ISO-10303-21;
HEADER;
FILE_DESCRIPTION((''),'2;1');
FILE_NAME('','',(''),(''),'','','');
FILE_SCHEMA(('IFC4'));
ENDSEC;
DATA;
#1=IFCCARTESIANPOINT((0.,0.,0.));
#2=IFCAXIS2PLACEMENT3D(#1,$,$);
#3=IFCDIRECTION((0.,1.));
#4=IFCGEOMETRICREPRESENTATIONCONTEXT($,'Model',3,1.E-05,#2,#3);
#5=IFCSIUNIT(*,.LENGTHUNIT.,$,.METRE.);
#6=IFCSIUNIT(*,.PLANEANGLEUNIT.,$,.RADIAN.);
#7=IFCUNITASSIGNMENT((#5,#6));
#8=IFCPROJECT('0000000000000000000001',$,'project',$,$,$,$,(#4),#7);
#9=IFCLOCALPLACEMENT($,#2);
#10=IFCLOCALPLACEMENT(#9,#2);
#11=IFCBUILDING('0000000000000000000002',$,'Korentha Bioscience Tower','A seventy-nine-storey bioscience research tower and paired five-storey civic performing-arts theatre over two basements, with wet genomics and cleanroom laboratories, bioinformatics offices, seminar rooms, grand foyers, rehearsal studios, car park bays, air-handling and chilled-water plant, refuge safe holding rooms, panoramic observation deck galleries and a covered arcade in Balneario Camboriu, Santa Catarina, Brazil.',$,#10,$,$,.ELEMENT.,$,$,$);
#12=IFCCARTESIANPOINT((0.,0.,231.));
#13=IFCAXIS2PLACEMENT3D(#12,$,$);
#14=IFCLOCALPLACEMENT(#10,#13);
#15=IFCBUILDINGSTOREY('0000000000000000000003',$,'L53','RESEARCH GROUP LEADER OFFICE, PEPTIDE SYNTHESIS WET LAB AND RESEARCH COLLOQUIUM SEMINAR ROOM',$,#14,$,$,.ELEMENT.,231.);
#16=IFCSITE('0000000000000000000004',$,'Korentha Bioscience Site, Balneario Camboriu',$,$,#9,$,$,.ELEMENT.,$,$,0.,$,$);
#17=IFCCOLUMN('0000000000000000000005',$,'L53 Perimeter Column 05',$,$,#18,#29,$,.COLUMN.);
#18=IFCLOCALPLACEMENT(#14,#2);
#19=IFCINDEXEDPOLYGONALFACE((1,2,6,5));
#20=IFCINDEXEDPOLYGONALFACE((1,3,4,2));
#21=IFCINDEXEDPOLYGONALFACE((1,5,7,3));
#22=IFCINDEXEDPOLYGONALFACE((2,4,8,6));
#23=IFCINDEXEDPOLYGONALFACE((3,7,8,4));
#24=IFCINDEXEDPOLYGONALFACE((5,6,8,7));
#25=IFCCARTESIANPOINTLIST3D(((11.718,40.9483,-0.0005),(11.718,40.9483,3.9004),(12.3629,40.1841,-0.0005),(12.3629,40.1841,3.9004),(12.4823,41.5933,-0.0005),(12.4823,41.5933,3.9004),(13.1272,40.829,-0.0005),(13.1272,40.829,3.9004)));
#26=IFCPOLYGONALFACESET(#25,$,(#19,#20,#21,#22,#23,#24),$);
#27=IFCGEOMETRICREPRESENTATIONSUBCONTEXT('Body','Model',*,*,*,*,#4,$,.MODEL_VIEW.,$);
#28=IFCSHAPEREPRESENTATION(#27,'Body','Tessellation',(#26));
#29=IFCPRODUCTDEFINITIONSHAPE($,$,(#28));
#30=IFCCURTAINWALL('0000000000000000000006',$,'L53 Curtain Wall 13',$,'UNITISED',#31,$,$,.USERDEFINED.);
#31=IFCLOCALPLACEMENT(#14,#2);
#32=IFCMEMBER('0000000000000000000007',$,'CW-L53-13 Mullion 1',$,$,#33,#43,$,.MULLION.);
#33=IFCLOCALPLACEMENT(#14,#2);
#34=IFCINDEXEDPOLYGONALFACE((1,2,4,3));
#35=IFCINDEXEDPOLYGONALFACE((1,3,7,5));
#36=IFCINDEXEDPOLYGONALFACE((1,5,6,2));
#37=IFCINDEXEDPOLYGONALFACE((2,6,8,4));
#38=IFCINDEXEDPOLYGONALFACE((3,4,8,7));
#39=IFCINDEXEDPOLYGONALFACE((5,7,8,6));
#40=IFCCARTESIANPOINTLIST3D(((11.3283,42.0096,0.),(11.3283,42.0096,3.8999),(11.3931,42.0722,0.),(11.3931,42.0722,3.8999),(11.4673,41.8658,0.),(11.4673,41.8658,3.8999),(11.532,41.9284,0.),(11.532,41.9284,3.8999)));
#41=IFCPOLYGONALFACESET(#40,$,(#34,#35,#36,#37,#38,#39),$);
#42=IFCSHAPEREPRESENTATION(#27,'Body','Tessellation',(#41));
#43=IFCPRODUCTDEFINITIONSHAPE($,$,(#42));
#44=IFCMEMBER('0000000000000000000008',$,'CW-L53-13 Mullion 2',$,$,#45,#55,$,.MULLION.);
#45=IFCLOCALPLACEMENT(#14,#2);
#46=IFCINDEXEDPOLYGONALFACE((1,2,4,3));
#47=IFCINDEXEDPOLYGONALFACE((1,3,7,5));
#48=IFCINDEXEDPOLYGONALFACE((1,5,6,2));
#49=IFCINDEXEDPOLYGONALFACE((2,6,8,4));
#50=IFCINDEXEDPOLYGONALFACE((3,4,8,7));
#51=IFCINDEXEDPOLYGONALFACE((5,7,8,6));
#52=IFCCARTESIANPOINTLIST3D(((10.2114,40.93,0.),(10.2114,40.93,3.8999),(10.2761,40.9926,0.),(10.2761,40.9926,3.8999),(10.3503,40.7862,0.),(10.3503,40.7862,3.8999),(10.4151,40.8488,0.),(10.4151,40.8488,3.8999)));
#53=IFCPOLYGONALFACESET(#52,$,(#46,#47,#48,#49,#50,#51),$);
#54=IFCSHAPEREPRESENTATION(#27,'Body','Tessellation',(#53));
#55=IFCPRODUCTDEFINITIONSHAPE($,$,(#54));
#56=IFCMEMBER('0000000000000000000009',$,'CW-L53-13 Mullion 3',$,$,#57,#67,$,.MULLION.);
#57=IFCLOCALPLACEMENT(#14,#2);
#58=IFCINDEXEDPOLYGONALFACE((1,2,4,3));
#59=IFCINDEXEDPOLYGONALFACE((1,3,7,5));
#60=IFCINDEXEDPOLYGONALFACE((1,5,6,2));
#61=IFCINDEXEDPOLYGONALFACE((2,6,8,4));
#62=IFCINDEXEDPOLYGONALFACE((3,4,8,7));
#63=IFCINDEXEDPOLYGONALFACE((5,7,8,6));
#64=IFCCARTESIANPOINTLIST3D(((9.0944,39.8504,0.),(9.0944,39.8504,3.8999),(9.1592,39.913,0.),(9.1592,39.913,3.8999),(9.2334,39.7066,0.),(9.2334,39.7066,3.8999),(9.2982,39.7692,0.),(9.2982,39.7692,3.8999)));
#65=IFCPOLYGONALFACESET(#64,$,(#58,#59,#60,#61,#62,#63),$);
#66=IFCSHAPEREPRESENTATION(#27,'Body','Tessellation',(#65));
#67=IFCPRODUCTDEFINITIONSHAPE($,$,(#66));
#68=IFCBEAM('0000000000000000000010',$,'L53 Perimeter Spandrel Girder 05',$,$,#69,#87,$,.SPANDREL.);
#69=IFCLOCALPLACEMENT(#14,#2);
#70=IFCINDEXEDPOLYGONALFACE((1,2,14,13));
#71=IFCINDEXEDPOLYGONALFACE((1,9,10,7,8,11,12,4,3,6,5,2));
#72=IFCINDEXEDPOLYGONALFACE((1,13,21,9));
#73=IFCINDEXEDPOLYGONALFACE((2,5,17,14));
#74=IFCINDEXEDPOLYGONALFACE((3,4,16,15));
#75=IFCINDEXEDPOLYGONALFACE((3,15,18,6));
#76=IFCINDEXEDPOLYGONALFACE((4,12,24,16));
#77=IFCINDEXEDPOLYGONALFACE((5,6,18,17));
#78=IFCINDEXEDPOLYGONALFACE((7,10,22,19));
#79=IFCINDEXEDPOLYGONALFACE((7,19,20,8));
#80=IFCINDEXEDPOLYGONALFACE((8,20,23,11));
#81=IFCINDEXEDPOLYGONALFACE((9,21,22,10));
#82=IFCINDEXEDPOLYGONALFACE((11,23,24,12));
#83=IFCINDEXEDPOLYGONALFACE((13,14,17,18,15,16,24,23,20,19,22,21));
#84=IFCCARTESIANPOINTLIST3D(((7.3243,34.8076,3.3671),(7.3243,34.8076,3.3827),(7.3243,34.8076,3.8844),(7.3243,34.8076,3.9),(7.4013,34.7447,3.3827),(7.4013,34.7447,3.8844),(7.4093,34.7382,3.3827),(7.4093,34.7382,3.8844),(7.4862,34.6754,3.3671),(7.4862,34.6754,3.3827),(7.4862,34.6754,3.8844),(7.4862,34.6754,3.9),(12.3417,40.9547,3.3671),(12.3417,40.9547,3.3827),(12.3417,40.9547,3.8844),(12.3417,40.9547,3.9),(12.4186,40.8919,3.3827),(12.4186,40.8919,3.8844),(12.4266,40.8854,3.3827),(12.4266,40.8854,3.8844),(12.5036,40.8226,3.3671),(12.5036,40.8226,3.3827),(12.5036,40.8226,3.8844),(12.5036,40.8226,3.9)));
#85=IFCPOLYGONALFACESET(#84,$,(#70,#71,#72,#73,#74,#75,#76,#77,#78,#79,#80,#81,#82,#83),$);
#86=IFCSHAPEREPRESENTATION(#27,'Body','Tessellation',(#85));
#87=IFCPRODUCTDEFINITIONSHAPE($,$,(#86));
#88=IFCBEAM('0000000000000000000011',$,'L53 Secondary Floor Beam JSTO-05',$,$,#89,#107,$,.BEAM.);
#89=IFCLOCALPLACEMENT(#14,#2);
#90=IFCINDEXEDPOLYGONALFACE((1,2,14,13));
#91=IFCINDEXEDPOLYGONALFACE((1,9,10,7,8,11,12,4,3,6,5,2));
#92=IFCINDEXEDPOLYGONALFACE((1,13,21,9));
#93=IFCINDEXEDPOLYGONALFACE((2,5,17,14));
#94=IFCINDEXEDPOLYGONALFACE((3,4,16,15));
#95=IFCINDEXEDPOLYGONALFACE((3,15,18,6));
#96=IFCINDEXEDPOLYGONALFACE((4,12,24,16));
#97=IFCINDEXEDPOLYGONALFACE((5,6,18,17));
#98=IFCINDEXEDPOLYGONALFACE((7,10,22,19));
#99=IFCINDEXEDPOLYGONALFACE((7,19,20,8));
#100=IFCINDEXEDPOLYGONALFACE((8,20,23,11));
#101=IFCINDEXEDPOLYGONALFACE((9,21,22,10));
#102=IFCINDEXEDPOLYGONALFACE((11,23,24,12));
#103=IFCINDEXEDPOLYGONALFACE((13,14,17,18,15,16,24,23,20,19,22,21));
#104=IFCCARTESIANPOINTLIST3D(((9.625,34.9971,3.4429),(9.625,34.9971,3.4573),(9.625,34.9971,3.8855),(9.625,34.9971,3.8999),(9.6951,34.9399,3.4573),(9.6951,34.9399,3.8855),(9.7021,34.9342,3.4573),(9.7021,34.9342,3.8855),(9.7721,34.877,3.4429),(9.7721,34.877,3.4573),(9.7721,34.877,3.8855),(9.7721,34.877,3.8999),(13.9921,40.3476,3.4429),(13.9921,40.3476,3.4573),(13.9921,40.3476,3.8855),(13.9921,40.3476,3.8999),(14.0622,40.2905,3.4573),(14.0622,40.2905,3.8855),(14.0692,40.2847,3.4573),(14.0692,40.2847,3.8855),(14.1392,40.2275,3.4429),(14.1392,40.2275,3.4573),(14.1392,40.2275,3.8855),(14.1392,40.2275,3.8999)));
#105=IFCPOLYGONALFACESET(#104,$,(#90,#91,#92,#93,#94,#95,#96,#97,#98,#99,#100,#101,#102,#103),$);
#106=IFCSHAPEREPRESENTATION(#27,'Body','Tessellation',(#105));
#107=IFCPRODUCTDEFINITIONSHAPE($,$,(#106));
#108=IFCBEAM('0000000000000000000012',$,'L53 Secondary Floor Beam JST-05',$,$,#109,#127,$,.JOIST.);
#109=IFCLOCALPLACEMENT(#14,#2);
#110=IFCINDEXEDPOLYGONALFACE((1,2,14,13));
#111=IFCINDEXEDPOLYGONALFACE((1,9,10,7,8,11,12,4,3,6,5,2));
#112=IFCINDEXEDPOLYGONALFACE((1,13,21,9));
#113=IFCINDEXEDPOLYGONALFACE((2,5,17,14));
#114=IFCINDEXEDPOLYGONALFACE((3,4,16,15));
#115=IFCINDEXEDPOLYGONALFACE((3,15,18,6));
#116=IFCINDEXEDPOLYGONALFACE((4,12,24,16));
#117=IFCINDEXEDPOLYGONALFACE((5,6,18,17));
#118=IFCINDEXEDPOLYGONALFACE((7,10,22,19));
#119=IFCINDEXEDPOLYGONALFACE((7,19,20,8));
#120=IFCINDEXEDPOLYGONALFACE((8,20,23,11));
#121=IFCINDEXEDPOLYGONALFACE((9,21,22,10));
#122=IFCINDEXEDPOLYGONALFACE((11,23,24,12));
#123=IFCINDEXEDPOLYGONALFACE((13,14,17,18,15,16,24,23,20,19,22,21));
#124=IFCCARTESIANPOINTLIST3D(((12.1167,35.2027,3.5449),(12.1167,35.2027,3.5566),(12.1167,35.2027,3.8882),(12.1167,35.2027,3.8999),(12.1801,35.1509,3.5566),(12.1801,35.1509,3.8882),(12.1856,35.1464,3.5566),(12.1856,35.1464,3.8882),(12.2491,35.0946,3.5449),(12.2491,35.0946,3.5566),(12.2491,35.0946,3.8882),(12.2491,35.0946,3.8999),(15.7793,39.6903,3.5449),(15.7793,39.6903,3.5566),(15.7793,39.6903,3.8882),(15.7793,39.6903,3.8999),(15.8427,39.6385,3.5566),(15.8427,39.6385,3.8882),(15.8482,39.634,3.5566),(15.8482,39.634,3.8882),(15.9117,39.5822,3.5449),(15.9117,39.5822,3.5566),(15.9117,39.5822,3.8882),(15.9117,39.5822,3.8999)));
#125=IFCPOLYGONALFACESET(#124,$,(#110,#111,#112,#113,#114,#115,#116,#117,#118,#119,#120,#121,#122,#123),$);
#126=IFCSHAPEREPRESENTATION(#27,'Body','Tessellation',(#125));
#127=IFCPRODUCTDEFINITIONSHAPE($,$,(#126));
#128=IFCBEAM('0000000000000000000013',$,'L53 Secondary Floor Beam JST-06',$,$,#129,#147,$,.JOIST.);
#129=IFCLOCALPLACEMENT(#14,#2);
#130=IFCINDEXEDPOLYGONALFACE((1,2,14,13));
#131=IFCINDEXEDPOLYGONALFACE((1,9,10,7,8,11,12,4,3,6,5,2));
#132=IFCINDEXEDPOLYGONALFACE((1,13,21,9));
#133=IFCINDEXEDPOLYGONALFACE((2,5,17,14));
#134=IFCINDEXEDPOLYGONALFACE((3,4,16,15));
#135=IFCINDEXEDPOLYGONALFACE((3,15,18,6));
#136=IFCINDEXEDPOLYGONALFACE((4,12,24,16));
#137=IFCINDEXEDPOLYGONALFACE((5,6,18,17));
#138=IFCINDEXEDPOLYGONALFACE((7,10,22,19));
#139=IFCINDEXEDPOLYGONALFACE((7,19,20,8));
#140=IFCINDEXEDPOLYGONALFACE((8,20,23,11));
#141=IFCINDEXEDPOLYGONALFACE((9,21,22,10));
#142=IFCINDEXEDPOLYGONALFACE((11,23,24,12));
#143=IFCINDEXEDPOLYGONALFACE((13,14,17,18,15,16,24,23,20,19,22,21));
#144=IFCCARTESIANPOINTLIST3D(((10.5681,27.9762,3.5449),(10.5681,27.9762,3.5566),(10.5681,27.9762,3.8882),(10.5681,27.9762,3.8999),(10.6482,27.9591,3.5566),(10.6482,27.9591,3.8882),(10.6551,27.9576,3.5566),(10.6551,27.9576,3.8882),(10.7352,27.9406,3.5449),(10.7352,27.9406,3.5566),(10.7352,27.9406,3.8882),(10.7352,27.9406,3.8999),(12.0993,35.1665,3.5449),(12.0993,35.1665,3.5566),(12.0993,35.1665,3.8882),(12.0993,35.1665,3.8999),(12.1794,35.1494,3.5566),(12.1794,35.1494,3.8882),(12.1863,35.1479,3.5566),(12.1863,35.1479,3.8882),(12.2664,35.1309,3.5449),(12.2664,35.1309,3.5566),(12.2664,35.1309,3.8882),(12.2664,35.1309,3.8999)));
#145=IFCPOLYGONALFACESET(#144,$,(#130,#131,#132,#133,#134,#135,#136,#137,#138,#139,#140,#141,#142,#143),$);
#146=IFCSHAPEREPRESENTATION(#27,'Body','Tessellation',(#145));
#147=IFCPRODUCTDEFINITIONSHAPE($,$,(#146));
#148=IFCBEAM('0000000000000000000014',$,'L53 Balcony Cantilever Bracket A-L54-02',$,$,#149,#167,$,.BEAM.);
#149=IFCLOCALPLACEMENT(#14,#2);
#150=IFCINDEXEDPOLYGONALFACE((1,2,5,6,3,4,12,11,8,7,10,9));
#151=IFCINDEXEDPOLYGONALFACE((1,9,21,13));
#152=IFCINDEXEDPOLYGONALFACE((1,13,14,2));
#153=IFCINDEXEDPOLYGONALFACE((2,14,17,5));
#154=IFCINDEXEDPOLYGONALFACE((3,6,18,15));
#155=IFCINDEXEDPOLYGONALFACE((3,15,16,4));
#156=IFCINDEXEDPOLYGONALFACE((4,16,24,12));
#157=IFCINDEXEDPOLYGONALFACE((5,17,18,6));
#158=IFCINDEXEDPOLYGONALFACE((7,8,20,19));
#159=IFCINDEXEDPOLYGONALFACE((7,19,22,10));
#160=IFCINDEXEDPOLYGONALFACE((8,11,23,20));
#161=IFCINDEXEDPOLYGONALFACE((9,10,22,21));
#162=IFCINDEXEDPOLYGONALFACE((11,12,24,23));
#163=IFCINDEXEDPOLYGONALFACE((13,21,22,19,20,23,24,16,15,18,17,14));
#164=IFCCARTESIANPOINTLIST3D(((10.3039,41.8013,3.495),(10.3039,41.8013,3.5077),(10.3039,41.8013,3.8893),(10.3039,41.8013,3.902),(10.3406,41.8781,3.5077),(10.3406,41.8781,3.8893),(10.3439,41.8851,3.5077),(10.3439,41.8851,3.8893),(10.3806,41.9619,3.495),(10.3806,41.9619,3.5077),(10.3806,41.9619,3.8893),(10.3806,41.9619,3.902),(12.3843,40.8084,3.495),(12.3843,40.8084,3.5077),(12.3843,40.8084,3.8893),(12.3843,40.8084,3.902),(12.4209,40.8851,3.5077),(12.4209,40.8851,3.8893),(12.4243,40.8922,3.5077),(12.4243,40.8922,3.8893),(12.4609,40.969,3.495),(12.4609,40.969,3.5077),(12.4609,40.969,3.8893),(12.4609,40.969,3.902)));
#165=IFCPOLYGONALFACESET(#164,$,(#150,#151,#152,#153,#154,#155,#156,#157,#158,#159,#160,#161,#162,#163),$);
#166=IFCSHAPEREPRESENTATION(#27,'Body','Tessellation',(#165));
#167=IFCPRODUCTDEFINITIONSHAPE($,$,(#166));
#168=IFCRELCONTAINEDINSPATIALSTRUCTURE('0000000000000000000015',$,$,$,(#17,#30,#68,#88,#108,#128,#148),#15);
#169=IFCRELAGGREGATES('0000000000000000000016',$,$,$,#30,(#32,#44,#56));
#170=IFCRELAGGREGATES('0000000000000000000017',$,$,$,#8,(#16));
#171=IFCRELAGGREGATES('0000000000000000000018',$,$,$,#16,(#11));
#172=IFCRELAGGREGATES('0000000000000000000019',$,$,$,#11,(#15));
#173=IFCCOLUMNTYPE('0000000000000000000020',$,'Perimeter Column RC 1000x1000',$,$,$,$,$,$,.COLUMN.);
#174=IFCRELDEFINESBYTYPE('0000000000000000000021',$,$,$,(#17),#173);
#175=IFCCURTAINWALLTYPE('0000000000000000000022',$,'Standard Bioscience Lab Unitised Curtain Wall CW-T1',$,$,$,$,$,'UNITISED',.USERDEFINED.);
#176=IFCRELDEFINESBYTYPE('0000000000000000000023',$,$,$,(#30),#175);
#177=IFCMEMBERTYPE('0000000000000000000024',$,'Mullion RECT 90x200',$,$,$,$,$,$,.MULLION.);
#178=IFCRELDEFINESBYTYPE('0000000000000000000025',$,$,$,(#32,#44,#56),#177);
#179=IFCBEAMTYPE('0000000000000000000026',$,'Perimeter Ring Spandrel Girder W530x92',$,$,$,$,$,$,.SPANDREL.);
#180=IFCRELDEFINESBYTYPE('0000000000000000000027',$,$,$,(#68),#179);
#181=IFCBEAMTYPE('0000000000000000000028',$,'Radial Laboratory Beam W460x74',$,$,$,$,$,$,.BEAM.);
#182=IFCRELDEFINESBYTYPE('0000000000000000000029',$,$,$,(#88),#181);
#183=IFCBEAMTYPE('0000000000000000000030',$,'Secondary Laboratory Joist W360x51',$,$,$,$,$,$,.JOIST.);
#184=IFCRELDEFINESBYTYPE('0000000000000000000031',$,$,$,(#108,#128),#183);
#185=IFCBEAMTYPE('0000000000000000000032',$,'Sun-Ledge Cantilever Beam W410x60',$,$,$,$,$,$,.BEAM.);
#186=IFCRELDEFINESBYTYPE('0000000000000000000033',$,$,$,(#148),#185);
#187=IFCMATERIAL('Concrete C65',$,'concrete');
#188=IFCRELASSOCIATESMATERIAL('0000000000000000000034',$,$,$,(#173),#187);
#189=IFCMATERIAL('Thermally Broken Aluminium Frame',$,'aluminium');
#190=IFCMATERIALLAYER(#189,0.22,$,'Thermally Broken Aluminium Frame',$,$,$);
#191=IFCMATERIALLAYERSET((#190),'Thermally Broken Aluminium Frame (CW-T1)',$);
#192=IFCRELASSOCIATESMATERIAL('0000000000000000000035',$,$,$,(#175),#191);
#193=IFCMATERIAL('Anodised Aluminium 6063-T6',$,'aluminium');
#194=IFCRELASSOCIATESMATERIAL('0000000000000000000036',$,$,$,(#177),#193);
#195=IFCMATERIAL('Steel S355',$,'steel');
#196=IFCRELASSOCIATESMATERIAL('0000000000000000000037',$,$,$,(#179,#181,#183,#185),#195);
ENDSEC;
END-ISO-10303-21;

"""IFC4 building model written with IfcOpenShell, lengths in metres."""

from ifc_helpers import new_model, si_unit, direction, frame, origin, origin_2d, place, context, subcontext, project, spatial, rectangle, i_section, extrude, material, layer, layer_set, material_profile, profile_set, type_object, element, aggregate, save


model = new_model("IFC4")

# Units and contexts
model_context = context("Model", 3, precision=1e-05, world=origin(), true_north=direction((0.0, 1.0)))
body_context = subcontext(model_context, "Body", "Model", "MODEL_VIEW")
ifc_project = project(units=[si_unit("LENGTHUNIT", "METRE"), si_unit("PLANEANGLEUNIT", "RADIAN")], contexts=[model_context])

# Site, building, storey
site_placement = place(None, origin())
site = spatial("IfcSite", under=ifc_project, at=site_placement, Name="Korentha Bioscience Site, Balneario Camboriu", CompositionType="ELEMENT", RefElevation=0.0)
building_placement = place(site_placement, origin())
building = spatial("IfcBuilding", under=site, at=building_placement, Name="Korentha Bioscience Tower", Description="A seventy-nine-storey bioscience research tower and paired five-storey civic performing-arts theatre over two basements, with wet genomics and cleanroom laboratories, bioinformatics offices, seminar rooms, grand foyers, rehearsal studios, car park bays, air-handling and chilled-water plant, refuge safe holding rooms, panoramic observation deck galleries and a covered arcade in Balneario Camboriu, Santa Catarina, Brazil.", CompositionType="ELEMENT")
storey_placement = place(building_placement, frame((0.0, 0.0, 231.0)))
storey = spatial("IfcBuildingStorey", under=building, at=storey_placement, Name="L53", Description="RESEARCH GROUP LEADER OFFICE, PEPTIDE SYNTHESIS WET LAB AND RESEARCH COLLOQUIUM SEMINAR ROOM", CompositionType="ELEMENT", Elevation=231.0)

# Column
ifc_material_1 = material(Name="Concrete C65", Category="concrete")
ifc_material_profile_1 = material_profile(ifc_material_1, rectangle(XDim=1.0, YDim=1.0, at=origin_2d()), Name="Concrete C65")
ifc_profile_set_1 = profile_set([ifc_material_profile_1], Name="Concrete C65 (COL-P10)")
column_type = type_object("IfcColumnType", Name="Perimeter Column RC 1000x1000", PredefinedType="COLUMN", material=ifc_profile_set_1)
column_placement = place(storey_placement, frame((12.4226, 40.8887, -0.0005), z_axis=(0.0, 0.0, 1.0), x_axis=(0.764246, 0.644924, 0.0)))
element("IfcColumn", 1, at=column_placement, inside=storey, type_object=column_type, Name="L53 Perimeter Column 05", PredefinedType="COLUMN", context=body_context, shape_type="SweptSolid", body=[
    extrude(rectangle(XDim=1.0, YDim=1.0, at=origin_2d()), origin(), (0.0, 0.0, 1.0), 3.9009),
])

# Curtain wall, members
ifc_material_2 = material(Name="Thermally Broken Aluminium Frame", Category="aluminium")
ifc_layer_1 = layer(ifc_material_2, 0.22, Name="Thermally Broken Aluminium Frame")
ifc_layer_set_1 = layer_set([ifc_layer_1], Name="Thermally Broken Aluminium Frame (CW-T1)")
curtain_wall_type = type_object("IfcCurtainWallType", Name="Standard Bioscience Lab Unitised Curtain Wall CW-T1", ElementType="UNITISED", PredefinedType="USERDEFINED", material=ifc_layer_set_1)
curtain_wall_placement = place(storey_placement, origin())
curtain_wall = element("IfcCurtainWall", 2, at=curtain_wall_placement, inside=storey, type_object=curtain_wall_type, Name="L53 Curtain Wall 13", ObjectType="UNITISED", PredefinedType="USERDEFINED")
ifc_material_3 = material(Name="Anodised Aluminium 6063-T6", Category="aluminium")
ifc_material_profile_2 = material_profile(ifc_material_3, rectangle(XDim=0.0901, YDim=0.2, at=origin_2d()), Name="Anodised Aluminium 6063-T6")
ifc_profile_set_2 = profile_set([ifc_material_profile_2], Name="Anodised Aluminium 6063-T6 (CW-MUL)")
member_type_1 = type_object("IfcMemberType", Name="Mullion RECT 90x200", PredefinedType="MULLION", material=ifc_profile_set_2)
member_1_placement = place(storey_placement, frame((11.4302, 41.969, 0.0), z_axis=(0.0, 0.0, 1.0), x_axis=(-0.719, -0.69501, 0.0)))
member_1 = element("IfcMember", 3, at=member_1_placement, type_object=member_type_1, Name="CW-L53-13 Mullion 1", PredefinedType="MULLION", context=body_context, shape_type="SweptSolid", body=[
    extrude(rectangle(XDim=0.0901, YDim=0.2, at=origin_2d()), origin(), (0.0, 0.0, 1.0), 3.8999),
])
member_2_placement = place(storey_placement, frame((10.3132, 40.8894, 0.0), z_axis=(0.0, 0.0, 1.0), x_axis=(-0.719, -0.69501, 0.0)))
member_2 = element("IfcMember", 4, at=member_2_placement, type_object=member_type_1, Name="CW-L53-13 Mullion 2", PredefinedType="MULLION", context=body_context, shape_type="SweptSolid", body=[
    extrude(rectangle(XDim=0.0901, YDim=0.2, at=origin_2d()), origin(), (0.0, 0.0, 1.0), 3.8999),
])
member_3_placement = place(storey_placement, frame((9.1963, 39.8098, 0.0), z_axis=(0.0, 0.0, 1.0), x_axis=(-0.719, -0.69501, 0.0)))
member_3 = element("IfcMember", 5, at=member_3_placement, type_object=member_type_1, Name="CW-L53-13 Mullion 3", PredefinedType="MULLION", context=body_context, shape_type="SweptSolid", body=[
    extrude(rectangle(XDim=0.0901, YDim=0.2, at=origin_2d()), origin(), (0.0, 0.0, 1.0), 3.8999),
])

# Beams
ifc_material_4 = material(Name="Steel S355", Category="steel")
ifc_material_profile_3 = material_profile(ifc_material_4, i_section(OverallWidth=0.209, OverallDepth=0.533, WebThickness=0.0103, FlangeThickness=0.0156, at=origin_2d()), Name="Steel S355")
ifc_profile_set_3 = profile_set([ifc_material_profile_3], Name="Steel S355 (SB-530)")
beam_type_1 = type_object("IfcBeamType", Name="Perimeter Ring Spandrel Girder W530x92", PredefinedType="SPANDREL", material=ifc_profile_set_3)
beam_1_placement = place(storey_placement, frame((12.4226, 40.8887, 3.6335), z_axis=(-0.632316, -0.774711, 0.0), x_axis=(0.774711, -0.632316, 0.0)))
element("IfcBeam", 6, at=beam_1_placement, inside=storey, type_object=beam_type_1, Name="L53 Perimeter Spandrel Girder 05", PredefinedType="SPANDREL", context=body_context, shape_type="SweptSolid", body=[
    extrude(i_section(OverallWidth=0.209, OverallDepth=0.533, WebThickness=0.0103, FlangeThickness=0.0156, at=origin_2d()), origin(), (0.0, 0.0, 1.0), 7.9348),
])
ifc_material_profile_4 = material_profile(ifc_material_4, i_section(OverallWidth=0.1899, OverallDepth=0.457, WebThickness=0.009, FlangeThickness=0.0144, at=origin_2d()), Name="Steel S355")
ifc_profile_set_4 = profile_set([ifc_material_profile_4], Name="Steel S355 (RB-460)")
beam_type_2 = type_object("IfcBeamType", Name="Radial Laboratory Beam W460x74", PredefinedType="BEAM", material=ifc_profile_set_4)
beam_2_placement = place(storey_placement, frame((14.0657, 40.2876, 3.6714), z_axis=(-0.632321, -0.774706, 0.0), x_axis=(0.774706, -0.632321, 0.0)))
element("IfcBeam", 7, at=beam_2_placement, inside=storey, type_object=beam_type_2, Name="L53 Secondary Floor Beam JSTO-05", PredefinedType="BEAM", context=body_context, shape_type="SweptSolid", body=[
    extrude(i_section(OverallWidth=0.1899, OverallDepth=0.457, WebThickness=0.009, FlangeThickness=0.0144, at=origin_2d()), origin(), (0.0, 0.0, 1.0), 6.9065),
])
ifc_material_profile_5 = material_profile(ifc_material_4, i_section(OverallWidth=0.1709, OverallDepth=0.355, WebThickness=0.0071, FlangeThickness=0.0117, at=origin_2d()), Name="Steel S355")
ifc_profile_set_5 = profile_set([ifc_material_profile_5], Name="Steel S355 (JB-360)")
beam_type_3 = type_object("IfcBeamType", Name="Secondary Laboratory Joist W360x51", PredefinedType="JOIST", material=ifc_profile_set_5)
beam_3_placement = place(storey_placement, frame((15.8455, 39.6362, 3.7224), z_axis=(-0.632303, -0.774721, 0.0), x_axis=(0.774721, -0.632303, 0.0)))
element("IfcBeam", 8, at=beam_3_placement, inside=storey, type_object=beam_type_3, Name="L53 Secondary Floor Beam JST-05", PredefinedType="JOIST", context=body_context, shape_type="SweptSolid", body=[
    extrude(i_section(OverallWidth=0.1709, OverallDepth=0.355, WebThickness=0.0071, FlangeThickness=0.0117, at=origin_2d()), origin(), (0.0, 0.0, 1.0), 5.7925),
])
beam_4_placement = place(storey_placement, frame((12.1829, 35.1487, 3.7224), z_axis=(-0.208286, -0.978068, 0.0), x_axis=(0.978068, -0.208286, 0.0)))
element("IfcBeam", 9, at=beam_4_placement, inside=storey, type_object=beam_type_3, Name="L53 Secondary Floor Beam JST-06", PredefinedType="JOIST", context=body_context, shape_type="SweptSolid", body=[
    extrude(i_section(OverallWidth=0.1709, OverallDepth=0.355, WebThickness=0.0071, FlangeThickness=0.0117, at=origin_2d()), origin(), (0.0, 0.0, 1.0), 7.3516),
])
ifc_material_profile_6 = material_profile(ifc_material_4, i_section(OverallWidth=0.178, OverallDepth=0.407, WebThickness=0.0078, FlangeThickness=0.0127, at=origin_2d()), Name="Steel S355")
ifc_profile_set_6 = profile_set([ifc_material_profile_6], Name="Steel S355 (CB-410)")
beam_type_4 = type_object("IfcBeamType", Name="Sun-Ledge Cantilever Beam W410x60", PredefinedType="BEAM", material=ifc_profile_set_6)
beam_5_placement = place(storey_placement, frame((12.4226, 40.8887, 3.6985), z_axis=(-0.902474, 0.430743, 0.0), x_axis=(-0.430743, -0.902474, 0.0)))
element("IfcBeam", 10, at=beam_5_placement, inside=storey, type_object=beam_type_4, Name="L53 Balcony Cantilever Bracket A-L54-02", PredefinedType="BEAM", context=body_context, shape_type="SweptSolid", body=[
    extrude(i_section(OverallWidth=0.178, OverallDepth=0.407, WebThickness=0.0078, FlangeThickness=0.0127, at=origin_2d()), origin(), (0.0, 0.0, 1.0), 2.3052),
])

aggregate(curtain_wall, [member_1, member_2, member_3])

save(model, "model.ifc")
